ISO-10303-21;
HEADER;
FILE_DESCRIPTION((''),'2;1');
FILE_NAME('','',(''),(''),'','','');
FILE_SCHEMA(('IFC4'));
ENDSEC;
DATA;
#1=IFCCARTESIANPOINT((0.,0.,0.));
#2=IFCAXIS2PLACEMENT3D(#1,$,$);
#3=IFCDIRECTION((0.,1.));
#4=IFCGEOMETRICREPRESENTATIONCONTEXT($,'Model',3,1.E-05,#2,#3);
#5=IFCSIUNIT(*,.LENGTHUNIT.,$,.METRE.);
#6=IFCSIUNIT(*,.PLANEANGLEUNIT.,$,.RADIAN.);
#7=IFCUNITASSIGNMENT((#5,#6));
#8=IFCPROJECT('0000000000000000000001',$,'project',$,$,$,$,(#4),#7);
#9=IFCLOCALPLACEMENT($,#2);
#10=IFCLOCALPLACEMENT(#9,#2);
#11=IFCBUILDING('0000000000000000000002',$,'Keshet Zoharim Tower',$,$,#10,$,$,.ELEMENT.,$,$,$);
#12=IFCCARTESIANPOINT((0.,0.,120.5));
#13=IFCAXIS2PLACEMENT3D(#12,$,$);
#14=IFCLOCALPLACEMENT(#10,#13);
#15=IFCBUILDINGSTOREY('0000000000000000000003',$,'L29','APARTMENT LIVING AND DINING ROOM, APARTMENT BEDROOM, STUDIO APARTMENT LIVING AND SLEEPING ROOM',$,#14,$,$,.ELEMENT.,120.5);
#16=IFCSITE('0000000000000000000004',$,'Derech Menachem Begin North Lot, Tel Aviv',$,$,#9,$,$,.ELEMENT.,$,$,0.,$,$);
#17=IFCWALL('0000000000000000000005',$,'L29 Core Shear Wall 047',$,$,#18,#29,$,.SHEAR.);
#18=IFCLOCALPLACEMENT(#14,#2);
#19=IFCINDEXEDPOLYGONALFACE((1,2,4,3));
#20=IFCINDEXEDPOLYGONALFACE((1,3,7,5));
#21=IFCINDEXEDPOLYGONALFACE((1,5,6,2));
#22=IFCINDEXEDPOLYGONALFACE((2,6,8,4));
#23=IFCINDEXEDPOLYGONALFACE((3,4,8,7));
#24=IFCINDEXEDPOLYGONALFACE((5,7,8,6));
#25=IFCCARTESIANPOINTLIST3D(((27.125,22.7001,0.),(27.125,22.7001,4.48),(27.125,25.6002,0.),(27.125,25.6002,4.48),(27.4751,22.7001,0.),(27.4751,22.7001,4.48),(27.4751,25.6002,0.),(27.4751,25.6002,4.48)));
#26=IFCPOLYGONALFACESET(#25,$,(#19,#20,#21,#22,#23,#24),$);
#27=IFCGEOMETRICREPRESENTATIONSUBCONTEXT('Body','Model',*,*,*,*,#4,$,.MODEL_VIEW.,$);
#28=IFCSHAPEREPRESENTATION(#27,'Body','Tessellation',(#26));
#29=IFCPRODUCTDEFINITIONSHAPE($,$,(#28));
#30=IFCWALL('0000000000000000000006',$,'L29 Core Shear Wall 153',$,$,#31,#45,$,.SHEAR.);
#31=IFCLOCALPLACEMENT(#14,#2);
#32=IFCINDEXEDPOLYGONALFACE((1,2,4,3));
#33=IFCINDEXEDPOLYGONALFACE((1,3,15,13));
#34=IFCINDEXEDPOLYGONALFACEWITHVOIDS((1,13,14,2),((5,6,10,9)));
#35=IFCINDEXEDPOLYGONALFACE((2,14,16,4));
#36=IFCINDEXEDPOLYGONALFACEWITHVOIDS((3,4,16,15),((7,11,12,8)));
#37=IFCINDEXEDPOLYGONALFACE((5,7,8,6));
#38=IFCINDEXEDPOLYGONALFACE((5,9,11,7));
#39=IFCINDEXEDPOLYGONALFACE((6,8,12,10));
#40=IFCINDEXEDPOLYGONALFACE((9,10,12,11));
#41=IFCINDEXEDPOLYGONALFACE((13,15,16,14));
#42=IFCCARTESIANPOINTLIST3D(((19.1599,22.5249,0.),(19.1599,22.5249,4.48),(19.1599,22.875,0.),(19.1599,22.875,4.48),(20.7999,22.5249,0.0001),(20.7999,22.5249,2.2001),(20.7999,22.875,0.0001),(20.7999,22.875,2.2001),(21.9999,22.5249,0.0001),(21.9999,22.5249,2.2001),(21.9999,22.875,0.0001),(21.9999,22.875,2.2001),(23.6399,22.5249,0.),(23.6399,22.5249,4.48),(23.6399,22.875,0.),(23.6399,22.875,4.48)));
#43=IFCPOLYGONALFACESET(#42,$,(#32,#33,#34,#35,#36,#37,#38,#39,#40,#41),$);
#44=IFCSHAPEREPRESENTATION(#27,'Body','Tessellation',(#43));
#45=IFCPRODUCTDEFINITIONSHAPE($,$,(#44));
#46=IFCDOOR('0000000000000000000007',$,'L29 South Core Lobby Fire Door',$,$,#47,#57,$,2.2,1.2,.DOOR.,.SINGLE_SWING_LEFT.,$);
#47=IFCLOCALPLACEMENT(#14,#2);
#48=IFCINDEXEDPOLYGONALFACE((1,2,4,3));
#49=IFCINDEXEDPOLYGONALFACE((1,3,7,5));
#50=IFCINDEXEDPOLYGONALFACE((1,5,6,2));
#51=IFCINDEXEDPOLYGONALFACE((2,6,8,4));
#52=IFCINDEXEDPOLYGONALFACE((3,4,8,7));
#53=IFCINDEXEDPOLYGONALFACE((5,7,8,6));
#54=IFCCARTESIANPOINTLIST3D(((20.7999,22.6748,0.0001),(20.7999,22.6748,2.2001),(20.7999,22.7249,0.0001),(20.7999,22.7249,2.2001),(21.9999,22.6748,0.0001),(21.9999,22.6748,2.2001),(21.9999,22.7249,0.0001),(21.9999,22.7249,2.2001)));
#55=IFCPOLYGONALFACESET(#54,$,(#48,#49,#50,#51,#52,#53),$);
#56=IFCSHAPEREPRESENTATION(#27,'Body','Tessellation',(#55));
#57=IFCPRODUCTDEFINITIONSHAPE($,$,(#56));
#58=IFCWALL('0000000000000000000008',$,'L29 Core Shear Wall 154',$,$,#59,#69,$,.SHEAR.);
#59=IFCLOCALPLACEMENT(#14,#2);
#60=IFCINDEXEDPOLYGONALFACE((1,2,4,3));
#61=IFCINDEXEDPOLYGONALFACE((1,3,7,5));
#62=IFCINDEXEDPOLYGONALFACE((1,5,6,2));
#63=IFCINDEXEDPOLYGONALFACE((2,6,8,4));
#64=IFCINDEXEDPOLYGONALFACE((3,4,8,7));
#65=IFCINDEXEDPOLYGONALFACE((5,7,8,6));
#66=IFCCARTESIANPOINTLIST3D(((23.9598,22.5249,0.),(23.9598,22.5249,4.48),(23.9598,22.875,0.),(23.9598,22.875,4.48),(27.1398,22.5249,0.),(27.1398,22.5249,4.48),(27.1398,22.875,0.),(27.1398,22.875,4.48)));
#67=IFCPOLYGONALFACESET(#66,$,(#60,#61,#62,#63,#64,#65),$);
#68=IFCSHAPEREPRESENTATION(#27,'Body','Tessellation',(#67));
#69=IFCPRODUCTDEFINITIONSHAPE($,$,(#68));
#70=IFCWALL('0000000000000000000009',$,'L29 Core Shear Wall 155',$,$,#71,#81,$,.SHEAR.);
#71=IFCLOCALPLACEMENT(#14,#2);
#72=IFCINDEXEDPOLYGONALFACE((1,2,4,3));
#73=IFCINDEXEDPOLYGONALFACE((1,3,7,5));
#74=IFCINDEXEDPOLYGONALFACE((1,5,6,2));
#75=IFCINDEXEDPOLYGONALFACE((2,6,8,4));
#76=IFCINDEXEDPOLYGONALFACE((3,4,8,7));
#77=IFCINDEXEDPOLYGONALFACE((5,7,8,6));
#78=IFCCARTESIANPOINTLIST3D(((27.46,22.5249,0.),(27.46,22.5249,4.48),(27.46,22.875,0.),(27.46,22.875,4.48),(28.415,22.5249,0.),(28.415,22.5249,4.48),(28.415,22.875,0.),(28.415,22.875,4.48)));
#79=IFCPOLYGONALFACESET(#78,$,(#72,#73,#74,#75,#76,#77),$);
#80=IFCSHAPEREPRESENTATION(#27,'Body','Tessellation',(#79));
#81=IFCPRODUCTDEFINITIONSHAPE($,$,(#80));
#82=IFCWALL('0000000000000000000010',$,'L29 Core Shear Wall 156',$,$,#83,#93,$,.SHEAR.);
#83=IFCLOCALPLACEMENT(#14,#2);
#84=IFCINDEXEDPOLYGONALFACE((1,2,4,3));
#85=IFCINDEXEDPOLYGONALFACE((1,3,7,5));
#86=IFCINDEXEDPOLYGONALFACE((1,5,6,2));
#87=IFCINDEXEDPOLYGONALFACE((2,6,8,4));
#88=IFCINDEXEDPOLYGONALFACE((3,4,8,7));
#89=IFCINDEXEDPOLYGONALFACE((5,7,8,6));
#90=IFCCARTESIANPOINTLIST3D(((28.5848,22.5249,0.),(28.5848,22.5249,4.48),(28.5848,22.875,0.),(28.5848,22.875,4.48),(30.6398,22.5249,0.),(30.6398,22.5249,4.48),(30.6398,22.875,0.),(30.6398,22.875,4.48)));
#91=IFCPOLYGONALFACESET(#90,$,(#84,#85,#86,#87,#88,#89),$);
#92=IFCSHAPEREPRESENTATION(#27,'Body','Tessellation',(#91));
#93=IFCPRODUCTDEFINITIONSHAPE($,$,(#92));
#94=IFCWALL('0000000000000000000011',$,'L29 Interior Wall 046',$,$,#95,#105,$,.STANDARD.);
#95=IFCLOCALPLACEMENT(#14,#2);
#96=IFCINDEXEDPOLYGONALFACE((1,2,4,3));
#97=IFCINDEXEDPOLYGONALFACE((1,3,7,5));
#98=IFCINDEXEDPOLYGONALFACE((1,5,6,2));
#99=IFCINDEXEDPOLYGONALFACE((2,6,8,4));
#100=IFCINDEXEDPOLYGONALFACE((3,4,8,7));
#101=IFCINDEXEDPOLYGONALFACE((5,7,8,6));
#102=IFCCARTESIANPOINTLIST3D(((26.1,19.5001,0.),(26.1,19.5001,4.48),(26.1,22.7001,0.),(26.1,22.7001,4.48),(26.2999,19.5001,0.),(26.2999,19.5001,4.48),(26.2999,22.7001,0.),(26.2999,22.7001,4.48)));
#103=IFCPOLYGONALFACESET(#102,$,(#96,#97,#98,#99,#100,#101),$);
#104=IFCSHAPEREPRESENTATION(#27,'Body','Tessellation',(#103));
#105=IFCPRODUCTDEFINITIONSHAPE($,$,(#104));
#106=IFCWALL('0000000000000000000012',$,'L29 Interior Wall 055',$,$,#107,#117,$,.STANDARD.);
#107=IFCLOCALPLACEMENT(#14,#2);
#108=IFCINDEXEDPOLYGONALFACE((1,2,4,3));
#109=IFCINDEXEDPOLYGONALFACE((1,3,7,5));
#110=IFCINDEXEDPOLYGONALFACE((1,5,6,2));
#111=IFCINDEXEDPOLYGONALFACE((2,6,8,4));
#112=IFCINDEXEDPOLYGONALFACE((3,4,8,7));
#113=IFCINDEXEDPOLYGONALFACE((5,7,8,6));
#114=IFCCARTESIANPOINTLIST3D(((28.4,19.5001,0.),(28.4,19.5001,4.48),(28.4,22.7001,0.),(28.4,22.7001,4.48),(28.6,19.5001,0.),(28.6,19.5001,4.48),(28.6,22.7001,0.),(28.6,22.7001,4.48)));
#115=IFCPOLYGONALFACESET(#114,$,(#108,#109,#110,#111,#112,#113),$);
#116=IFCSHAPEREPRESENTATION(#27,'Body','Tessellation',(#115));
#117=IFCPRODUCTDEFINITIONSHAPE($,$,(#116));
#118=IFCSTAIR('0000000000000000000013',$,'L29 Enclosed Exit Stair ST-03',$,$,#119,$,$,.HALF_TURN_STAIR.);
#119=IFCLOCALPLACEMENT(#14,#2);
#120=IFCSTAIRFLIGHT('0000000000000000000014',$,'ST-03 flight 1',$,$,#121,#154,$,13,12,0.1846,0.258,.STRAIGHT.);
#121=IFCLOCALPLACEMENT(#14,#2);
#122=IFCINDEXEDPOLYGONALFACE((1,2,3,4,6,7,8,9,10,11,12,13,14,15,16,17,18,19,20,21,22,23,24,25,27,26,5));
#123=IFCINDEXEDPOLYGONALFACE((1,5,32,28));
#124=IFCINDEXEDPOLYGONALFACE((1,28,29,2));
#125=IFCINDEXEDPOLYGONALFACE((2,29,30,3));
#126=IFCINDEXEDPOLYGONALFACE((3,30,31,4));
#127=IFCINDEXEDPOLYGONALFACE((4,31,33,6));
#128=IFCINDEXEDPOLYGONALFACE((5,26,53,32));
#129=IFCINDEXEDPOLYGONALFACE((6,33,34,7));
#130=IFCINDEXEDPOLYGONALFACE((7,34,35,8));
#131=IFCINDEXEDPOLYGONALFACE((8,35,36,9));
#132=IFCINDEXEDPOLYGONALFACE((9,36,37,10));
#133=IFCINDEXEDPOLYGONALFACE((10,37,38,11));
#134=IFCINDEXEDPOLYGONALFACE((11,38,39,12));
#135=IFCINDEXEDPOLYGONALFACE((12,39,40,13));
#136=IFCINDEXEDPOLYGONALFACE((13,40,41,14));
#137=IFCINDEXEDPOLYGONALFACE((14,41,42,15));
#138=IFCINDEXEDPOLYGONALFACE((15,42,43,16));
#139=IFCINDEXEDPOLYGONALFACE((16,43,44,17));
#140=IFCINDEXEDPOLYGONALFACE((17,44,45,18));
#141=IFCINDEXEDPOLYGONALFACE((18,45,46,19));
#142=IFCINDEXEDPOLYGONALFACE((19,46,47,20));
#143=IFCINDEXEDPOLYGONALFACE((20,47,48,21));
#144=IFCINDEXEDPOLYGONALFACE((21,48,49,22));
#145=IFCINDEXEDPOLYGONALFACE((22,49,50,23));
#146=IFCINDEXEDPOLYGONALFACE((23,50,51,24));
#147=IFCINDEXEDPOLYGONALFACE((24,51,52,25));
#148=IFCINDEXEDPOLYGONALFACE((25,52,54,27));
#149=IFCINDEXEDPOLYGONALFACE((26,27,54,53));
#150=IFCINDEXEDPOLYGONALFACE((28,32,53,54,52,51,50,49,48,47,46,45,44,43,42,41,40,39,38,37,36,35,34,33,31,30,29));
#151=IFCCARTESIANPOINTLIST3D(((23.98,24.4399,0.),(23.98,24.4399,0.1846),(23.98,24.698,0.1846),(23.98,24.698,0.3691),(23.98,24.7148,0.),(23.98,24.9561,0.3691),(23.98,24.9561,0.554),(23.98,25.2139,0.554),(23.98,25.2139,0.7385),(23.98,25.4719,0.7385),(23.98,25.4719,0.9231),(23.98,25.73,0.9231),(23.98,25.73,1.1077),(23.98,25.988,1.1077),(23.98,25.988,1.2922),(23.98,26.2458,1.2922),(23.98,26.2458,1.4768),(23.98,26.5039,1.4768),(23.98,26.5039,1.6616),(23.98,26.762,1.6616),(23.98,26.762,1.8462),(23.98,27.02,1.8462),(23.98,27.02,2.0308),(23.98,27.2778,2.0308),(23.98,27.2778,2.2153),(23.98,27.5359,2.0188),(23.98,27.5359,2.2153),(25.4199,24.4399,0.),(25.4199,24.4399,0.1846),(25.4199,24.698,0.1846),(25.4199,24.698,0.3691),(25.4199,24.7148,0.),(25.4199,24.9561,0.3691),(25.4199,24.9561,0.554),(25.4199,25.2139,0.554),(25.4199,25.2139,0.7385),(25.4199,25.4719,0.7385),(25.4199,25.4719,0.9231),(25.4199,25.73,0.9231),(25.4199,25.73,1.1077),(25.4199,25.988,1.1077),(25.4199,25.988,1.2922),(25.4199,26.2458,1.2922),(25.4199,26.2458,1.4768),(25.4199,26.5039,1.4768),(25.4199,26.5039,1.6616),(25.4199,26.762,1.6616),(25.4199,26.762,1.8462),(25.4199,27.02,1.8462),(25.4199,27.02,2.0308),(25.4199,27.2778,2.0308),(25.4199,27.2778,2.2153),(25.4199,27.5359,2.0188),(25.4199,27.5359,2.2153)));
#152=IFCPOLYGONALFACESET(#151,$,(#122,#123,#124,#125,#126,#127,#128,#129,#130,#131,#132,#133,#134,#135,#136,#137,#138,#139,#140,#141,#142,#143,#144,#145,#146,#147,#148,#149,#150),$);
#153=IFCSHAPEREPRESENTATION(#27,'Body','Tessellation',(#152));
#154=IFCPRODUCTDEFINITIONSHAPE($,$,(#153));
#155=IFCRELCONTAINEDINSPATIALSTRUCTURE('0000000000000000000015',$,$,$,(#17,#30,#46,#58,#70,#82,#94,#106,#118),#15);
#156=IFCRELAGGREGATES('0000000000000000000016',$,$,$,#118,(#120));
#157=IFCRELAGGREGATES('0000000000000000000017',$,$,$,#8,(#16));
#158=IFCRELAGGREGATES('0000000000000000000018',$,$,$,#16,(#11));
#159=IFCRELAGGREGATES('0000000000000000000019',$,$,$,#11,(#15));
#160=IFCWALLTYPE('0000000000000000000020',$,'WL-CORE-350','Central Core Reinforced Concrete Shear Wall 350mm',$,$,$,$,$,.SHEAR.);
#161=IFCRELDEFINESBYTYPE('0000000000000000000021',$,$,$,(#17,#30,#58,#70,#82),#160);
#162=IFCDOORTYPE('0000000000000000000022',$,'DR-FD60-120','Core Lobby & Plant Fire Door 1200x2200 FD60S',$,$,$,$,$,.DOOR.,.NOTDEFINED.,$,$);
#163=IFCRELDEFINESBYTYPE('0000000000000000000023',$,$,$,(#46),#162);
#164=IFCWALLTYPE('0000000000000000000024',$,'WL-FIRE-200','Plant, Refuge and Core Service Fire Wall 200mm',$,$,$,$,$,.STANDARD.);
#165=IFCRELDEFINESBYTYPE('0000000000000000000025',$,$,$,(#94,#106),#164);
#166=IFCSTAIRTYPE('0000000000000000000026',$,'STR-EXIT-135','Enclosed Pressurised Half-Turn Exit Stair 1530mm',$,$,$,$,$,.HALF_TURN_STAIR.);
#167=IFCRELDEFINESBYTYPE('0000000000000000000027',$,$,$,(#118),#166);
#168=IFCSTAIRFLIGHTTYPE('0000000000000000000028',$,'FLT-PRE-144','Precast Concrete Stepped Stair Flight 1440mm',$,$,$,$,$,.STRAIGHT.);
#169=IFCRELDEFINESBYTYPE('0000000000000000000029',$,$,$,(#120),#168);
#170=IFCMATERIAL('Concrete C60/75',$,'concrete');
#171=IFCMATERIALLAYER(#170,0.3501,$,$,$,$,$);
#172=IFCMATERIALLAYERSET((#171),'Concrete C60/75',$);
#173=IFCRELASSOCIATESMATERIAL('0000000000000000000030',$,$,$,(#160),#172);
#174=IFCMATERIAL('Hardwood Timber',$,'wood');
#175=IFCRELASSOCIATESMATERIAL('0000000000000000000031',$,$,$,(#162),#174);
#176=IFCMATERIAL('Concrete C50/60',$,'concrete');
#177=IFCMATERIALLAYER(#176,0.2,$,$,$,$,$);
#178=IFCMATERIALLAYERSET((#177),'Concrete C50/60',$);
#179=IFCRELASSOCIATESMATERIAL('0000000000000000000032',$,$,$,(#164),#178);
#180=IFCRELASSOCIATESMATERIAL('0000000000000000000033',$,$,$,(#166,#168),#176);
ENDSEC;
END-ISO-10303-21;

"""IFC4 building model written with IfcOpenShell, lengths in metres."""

from ifc_helpers import new_model, si_unit, direction, frame, frame_2d, origin, place, context, subcontext, project, spatial, polyline, rectangle, outline, extrude, material, layer, layer_set, type_object, element, fill, aggregate, save


model = new_model("IFC4")

# Units and contexts
model_context = context("Model", 3, precision=1e-05, world=origin(), true_north=direction((0.0, 1.0)))
body_context = subcontext(model_context, "Body", "Model", "MODEL_VIEW")
ifc_project = project(units=[si_unit("LENGTHUNIT", "METRE"), si_unit("PLANEANGLEUNIT", "RADIAN")], contexts=[model_context])

# Site, building, storey
site_placement = place(None, origin())
site = spatial("IfcSite", under=ifc_project, at=site_placement, Name="Derech Menachem Begin North Lot, Tel Aviv", CompositionType="ELEMENT", RefElevation=0.0)
building_placement = place(site_placement, origin())
building = spatial("IfcBuilding", under=site, at=building_placement, Name="Keshet Zoharim Tower", CompositionType="ELEMENT")
storey_placement = place(building_placement, frame((0.0, 0.0, 120.5)))
storey = spatial("IfcBuildingStorey", under=building, at=storey_placement, Name="L29", Description="APARTMENT LIVING AND DINING ROOM, APARTMENT BEDROOM, STUDIO APARTMENT LIVING AND SLEEPING ROOM", CompositionType="ELEMENT", Elevation=120.5)

# Shared definitions
ifc_material_1 = material(Name="Concrete C60/75", Category="concrete")
ifc_layer_1 = layer(ifc_material_1, 0.3501)
ifc_layer_set_1 = layer_set([ifc_layer_1], Name="Concrete C60/75")
wall_type_1 = type_object("IfcWallType", Name="WL-CORE-350", Description="Central Core Reinforced Concrete Shear Wall 350mm", PredefinedType="SHEAR", material=ifc_layer_set_1)
ifc_material_2 = material(Name="Hardwood Timber", Category="wood")

# Wall
wall_1_placement = place(storey_placement, frame((27.3, 22.7, 0.0), z_axis=(0.0, 0.0, 1.0), x_axis=(0.0, 1.0, 0.0)))
element("IfcWall", 1, at=wall_1_placement, inside=storey, type_object=wall_type_1, Name="L29 Core Shear Wall 047", PredefinedType="SHEAR", context=body_context, shape_type="SweptSolid", body=[
    extrude(rectangle(XDim=2.9001, YDim=0.3501, at=frame_2d((1.4502, 0.0))), origin(), (0.0, 0.0, 1.0), 4.48),
])

# Wall, opening, door
wall_2_placement = place(storey_placement, frame((19.1599, 22.7, 0.0), z_axis=(0.0, 0.0, 1.0), x_axis=(1.0, 0.0, 0.0)))
wall_2 = element("IfcWall", 2, at=wall_2_placement, inside=storey, type_object=wall_type_1, Name="L29 Core Shear Wall 153", PredefinedType="SHEAR", context=body_context, shape_type="SweptSolid", body=[
    extrude(rectangle(XDim=4.48, YDim=0.3501, at=frame_2d((2.24, 0.0))), origin(), (0.0, 0.0, 1.0), 4.48),
])
opening_1_placement = place(wall_2_placement, frame((1.6399, 0.0, 0.0)))
opening_1 = element("IfcOpeningElement", 3, at=opening_1_placement, cuts=wall_2, PredefinedType="OPENING", context=body_context, shape_type="SweptSolid", body=[
    extrude(rectangle(XDim=1.2, YDim=2.2, at=frame_2d((0.6001, 1.1001))), frame((0.0, 0.1851, 0.0), z_axis=(0.0, -1.0, 0.0), x_axis=(1.0, 0.0, 0.0)), (0.0, 0.0, 1.0), 0.3701),
])
door_type_1 = type_object("IfcDoorType", Name="DR-FD60-120", Description="Core Lobby & Plant Fire Door 1200x2200 FD60S", OperationType="NOTDEFINED", PredefinedType="DOOR", material=ifc_material_2)
door_1_placement = place(opening_1_placement, origin())
door_1 = element("IfcDoor", 4, at=door_1_placement, inside=storey, type_object=door_type_1, Name="L29 South Core Lobby Fire Door", OperationType="SINGLE_SWING_LEFT", OverallHeight=2.2, OverallWidth=1.2, PredefinedType="DOOR", context=body_context, shape_type="SweptSolid", body=[
    extrude(rectangle(XDim=1.2, YDim=2.2, at=frame_2d((0.6001, 1.1001))), frame((0.0, 0.0249, 0.0), z_axis=(0.0, -1.0, 0.0), x_axis=(1.0, 0.0, 0.0)), (0.0, 0.0, 1.0), 0.05),
])
fill(opening_1, door_1)

# Walls
wall_3_placement = place(storey_placement, frame((23.96, 22.7, 0.0), z_axis=(0.0, 0.0, 1.0), x_axis=(1.0, 0.0, 0.0)))
element("IfcWall", 5, at=wall_3_placement, inside=storey, type_object=wall_type_1, Name="L29 Core Shear Wall 154", PredefinedType="SHEAR", context=body_context, shape_type="SweptSolid", body=[
    extrude(rectangle(XDim=3.1799, YDim=0.3501, at=frame_2d((1.5898, 0.0))), origin(), (0.0, 0.0, 1.0), 4.48),
])
wall_4_placement = place(storey_placement, frame((27.46, 22.7, 0.0), z_axis=(0.0, 0.0, 1.0), x_axis=(1.0, 0.0, 0.0)))
element("IfcWall", 6, at=wall_4_placement, inside=storey, type_object=wall_type_1, Name="L29 Core Shear Wall 155", PredefinedType="SHEAR", context=body_context, shape_type="SweptSolid", body=[
    extrude(rectangle(XDim=0.9551, YDim=0.3501, at=frame_2d((0.4775, 0.0))), origin(), (0.0, 0.0, 1.0), 4.48),
])
wall_5_placement = place(storey_placement, frame((28.585, 22.7, 0.0), z_axis=(0.0, 0.0, 1.0), x_axis=(1.0, 0.0, 0.0)))
element("IfcWall", 7, at=wall_5_placement, inside=storey, type_object=wall_type_1, Name="L29 Core Shear Wall 156", PredefinedType="SHEAR", context=body_context, shape_type="SweptSolid", body=[
    extrude(rectangle(XDim=2.0549, YDim=0.3501, at=frame_2d((1.0273, 0.0))), origin(), (0.0, 0.0, 1.0), 4.48),
])
ifc_material_3 = material(Name="Concrete C50/60", Category="concrete")
ifc_layer_2 = layer(ifc_material_3, 0.2)
ifc_layer_set_2 = layer_set([ifc_layer_2], Name="Concrete C50/60")
wall_type_2 = type_object("IfcWallType", Name="WL-FIRE-200", Description="Plant, Refuge and Core Service Fire Wall 200mm", PredefinedType="STANDARD", material=ifc_layer_set_2)
for number, where, z_axis, x_axis, name in (
    (8, (26.2, 19.5, 0.0), (0.0, 0.0, 1.0), (0.0, 1.0, 0.0), "L29 Interior Wall 046"),
    (9, (28.5, 19.5, 0.0), (0.0, 0.0, 1.0), (0.0, 1.0, 0.0), "L29 Interior Wall 055"),
):
    element("IfcWall", number, at=place(storey_placement, frame(where, z_axis=z_axis, x_axis=x_axis)), inside=storey, type_object=wall_type_2, Name=name, PredefinedType="STANDARD", context=body_context, shape_type="SweptSolid", body=[
        extrude(rectangle(XDim=3.2, YDim=0.2, at=frame_2d((1.6001, 0.0))), origin(), (0.0, 0.0, 1.0), 4.48),
    ])

# Stair, stair flight
stair_type = type_object("IfcStairType", Name="STR-EXIT-135", Description="Enclosed Pressurised Half-Turn Exit Stair 1530mm", PredefinedType="HALF_TURN_STAIR", material=ifc_material_3)
stair_placement = place(storey_placement, origin())
stair = element("IfcStair", 10, at=stair_placement, inside=storey, type_object=stair_type, Name="L29 Enclosed Exit Stair ST-03", PredefinedType="HALF_TURN_STAIR")
stair_flight_type = type_object("IfcStairFlightType", Name="FLT-PRE-144", Description="Precast Concrete Stepped Stair Flight 1440mm", PredefinedType="STRAIGHT", material=ifc_material_3)
stair_flight_placement = place(storey_placement, frame((24.7, 24.4399, 0.0), z_axis=(0.0, 0.0, 1.0), x_axis=(0.0, 1.0, 0.0)))
stair_flight = element("IfcStairFlight", 11, at=stair_flight_placement, type_object=stair_flight_type, Name="ST-03 flight 1", NumberOfRisers=13, NumberOfTreads=12, PredefinedType="STRAIGHT", RiserHeight=0.1846, TreadLength=0.258, context=body_context, shape_type="SweptSolid", body=[
    extrude(outline(polyline([(0.0, 0.0), (0.0, 0.1846), (0.2581, 0.1846), (0.2581, 0.3691), (0.5161, 0.3691), (0.5161, 0.554), (0.7739, 0.554), (0.7739, 0.7385), (1.032, 0.7385), (1.032, 0.9231), (1.29, 0.9231), (1.29, 1.1077), (1.5481, 1.1077), (1.5481, 1.2922), (1.8059, 1.2922), (1.8059, 1.4768), (2.064, 1.4768), (2.064, 1.6616), (2.322, 1.6616), (2.322, 1.8462), (2.5801, 1.8462), (2.5801, 2.0308), (2.8379, 2.0308), (2.8379, 2.2153), (3.0959, 2.2153), (3.0959, 2.3999), (3.0959, 2.0188), (0.2749, 0.0), (0.0, 0.0)])), frame((0.0, 0.72, 0.0), z_axis=(0.0, -1.0, 0.0), x_axis=(1.0, 0.0, 0.0)), (0.0, 0.0, 1.0), 1.4399),
])
aggregate(stair, [stair_flight])

save(model, "model.ifc")
